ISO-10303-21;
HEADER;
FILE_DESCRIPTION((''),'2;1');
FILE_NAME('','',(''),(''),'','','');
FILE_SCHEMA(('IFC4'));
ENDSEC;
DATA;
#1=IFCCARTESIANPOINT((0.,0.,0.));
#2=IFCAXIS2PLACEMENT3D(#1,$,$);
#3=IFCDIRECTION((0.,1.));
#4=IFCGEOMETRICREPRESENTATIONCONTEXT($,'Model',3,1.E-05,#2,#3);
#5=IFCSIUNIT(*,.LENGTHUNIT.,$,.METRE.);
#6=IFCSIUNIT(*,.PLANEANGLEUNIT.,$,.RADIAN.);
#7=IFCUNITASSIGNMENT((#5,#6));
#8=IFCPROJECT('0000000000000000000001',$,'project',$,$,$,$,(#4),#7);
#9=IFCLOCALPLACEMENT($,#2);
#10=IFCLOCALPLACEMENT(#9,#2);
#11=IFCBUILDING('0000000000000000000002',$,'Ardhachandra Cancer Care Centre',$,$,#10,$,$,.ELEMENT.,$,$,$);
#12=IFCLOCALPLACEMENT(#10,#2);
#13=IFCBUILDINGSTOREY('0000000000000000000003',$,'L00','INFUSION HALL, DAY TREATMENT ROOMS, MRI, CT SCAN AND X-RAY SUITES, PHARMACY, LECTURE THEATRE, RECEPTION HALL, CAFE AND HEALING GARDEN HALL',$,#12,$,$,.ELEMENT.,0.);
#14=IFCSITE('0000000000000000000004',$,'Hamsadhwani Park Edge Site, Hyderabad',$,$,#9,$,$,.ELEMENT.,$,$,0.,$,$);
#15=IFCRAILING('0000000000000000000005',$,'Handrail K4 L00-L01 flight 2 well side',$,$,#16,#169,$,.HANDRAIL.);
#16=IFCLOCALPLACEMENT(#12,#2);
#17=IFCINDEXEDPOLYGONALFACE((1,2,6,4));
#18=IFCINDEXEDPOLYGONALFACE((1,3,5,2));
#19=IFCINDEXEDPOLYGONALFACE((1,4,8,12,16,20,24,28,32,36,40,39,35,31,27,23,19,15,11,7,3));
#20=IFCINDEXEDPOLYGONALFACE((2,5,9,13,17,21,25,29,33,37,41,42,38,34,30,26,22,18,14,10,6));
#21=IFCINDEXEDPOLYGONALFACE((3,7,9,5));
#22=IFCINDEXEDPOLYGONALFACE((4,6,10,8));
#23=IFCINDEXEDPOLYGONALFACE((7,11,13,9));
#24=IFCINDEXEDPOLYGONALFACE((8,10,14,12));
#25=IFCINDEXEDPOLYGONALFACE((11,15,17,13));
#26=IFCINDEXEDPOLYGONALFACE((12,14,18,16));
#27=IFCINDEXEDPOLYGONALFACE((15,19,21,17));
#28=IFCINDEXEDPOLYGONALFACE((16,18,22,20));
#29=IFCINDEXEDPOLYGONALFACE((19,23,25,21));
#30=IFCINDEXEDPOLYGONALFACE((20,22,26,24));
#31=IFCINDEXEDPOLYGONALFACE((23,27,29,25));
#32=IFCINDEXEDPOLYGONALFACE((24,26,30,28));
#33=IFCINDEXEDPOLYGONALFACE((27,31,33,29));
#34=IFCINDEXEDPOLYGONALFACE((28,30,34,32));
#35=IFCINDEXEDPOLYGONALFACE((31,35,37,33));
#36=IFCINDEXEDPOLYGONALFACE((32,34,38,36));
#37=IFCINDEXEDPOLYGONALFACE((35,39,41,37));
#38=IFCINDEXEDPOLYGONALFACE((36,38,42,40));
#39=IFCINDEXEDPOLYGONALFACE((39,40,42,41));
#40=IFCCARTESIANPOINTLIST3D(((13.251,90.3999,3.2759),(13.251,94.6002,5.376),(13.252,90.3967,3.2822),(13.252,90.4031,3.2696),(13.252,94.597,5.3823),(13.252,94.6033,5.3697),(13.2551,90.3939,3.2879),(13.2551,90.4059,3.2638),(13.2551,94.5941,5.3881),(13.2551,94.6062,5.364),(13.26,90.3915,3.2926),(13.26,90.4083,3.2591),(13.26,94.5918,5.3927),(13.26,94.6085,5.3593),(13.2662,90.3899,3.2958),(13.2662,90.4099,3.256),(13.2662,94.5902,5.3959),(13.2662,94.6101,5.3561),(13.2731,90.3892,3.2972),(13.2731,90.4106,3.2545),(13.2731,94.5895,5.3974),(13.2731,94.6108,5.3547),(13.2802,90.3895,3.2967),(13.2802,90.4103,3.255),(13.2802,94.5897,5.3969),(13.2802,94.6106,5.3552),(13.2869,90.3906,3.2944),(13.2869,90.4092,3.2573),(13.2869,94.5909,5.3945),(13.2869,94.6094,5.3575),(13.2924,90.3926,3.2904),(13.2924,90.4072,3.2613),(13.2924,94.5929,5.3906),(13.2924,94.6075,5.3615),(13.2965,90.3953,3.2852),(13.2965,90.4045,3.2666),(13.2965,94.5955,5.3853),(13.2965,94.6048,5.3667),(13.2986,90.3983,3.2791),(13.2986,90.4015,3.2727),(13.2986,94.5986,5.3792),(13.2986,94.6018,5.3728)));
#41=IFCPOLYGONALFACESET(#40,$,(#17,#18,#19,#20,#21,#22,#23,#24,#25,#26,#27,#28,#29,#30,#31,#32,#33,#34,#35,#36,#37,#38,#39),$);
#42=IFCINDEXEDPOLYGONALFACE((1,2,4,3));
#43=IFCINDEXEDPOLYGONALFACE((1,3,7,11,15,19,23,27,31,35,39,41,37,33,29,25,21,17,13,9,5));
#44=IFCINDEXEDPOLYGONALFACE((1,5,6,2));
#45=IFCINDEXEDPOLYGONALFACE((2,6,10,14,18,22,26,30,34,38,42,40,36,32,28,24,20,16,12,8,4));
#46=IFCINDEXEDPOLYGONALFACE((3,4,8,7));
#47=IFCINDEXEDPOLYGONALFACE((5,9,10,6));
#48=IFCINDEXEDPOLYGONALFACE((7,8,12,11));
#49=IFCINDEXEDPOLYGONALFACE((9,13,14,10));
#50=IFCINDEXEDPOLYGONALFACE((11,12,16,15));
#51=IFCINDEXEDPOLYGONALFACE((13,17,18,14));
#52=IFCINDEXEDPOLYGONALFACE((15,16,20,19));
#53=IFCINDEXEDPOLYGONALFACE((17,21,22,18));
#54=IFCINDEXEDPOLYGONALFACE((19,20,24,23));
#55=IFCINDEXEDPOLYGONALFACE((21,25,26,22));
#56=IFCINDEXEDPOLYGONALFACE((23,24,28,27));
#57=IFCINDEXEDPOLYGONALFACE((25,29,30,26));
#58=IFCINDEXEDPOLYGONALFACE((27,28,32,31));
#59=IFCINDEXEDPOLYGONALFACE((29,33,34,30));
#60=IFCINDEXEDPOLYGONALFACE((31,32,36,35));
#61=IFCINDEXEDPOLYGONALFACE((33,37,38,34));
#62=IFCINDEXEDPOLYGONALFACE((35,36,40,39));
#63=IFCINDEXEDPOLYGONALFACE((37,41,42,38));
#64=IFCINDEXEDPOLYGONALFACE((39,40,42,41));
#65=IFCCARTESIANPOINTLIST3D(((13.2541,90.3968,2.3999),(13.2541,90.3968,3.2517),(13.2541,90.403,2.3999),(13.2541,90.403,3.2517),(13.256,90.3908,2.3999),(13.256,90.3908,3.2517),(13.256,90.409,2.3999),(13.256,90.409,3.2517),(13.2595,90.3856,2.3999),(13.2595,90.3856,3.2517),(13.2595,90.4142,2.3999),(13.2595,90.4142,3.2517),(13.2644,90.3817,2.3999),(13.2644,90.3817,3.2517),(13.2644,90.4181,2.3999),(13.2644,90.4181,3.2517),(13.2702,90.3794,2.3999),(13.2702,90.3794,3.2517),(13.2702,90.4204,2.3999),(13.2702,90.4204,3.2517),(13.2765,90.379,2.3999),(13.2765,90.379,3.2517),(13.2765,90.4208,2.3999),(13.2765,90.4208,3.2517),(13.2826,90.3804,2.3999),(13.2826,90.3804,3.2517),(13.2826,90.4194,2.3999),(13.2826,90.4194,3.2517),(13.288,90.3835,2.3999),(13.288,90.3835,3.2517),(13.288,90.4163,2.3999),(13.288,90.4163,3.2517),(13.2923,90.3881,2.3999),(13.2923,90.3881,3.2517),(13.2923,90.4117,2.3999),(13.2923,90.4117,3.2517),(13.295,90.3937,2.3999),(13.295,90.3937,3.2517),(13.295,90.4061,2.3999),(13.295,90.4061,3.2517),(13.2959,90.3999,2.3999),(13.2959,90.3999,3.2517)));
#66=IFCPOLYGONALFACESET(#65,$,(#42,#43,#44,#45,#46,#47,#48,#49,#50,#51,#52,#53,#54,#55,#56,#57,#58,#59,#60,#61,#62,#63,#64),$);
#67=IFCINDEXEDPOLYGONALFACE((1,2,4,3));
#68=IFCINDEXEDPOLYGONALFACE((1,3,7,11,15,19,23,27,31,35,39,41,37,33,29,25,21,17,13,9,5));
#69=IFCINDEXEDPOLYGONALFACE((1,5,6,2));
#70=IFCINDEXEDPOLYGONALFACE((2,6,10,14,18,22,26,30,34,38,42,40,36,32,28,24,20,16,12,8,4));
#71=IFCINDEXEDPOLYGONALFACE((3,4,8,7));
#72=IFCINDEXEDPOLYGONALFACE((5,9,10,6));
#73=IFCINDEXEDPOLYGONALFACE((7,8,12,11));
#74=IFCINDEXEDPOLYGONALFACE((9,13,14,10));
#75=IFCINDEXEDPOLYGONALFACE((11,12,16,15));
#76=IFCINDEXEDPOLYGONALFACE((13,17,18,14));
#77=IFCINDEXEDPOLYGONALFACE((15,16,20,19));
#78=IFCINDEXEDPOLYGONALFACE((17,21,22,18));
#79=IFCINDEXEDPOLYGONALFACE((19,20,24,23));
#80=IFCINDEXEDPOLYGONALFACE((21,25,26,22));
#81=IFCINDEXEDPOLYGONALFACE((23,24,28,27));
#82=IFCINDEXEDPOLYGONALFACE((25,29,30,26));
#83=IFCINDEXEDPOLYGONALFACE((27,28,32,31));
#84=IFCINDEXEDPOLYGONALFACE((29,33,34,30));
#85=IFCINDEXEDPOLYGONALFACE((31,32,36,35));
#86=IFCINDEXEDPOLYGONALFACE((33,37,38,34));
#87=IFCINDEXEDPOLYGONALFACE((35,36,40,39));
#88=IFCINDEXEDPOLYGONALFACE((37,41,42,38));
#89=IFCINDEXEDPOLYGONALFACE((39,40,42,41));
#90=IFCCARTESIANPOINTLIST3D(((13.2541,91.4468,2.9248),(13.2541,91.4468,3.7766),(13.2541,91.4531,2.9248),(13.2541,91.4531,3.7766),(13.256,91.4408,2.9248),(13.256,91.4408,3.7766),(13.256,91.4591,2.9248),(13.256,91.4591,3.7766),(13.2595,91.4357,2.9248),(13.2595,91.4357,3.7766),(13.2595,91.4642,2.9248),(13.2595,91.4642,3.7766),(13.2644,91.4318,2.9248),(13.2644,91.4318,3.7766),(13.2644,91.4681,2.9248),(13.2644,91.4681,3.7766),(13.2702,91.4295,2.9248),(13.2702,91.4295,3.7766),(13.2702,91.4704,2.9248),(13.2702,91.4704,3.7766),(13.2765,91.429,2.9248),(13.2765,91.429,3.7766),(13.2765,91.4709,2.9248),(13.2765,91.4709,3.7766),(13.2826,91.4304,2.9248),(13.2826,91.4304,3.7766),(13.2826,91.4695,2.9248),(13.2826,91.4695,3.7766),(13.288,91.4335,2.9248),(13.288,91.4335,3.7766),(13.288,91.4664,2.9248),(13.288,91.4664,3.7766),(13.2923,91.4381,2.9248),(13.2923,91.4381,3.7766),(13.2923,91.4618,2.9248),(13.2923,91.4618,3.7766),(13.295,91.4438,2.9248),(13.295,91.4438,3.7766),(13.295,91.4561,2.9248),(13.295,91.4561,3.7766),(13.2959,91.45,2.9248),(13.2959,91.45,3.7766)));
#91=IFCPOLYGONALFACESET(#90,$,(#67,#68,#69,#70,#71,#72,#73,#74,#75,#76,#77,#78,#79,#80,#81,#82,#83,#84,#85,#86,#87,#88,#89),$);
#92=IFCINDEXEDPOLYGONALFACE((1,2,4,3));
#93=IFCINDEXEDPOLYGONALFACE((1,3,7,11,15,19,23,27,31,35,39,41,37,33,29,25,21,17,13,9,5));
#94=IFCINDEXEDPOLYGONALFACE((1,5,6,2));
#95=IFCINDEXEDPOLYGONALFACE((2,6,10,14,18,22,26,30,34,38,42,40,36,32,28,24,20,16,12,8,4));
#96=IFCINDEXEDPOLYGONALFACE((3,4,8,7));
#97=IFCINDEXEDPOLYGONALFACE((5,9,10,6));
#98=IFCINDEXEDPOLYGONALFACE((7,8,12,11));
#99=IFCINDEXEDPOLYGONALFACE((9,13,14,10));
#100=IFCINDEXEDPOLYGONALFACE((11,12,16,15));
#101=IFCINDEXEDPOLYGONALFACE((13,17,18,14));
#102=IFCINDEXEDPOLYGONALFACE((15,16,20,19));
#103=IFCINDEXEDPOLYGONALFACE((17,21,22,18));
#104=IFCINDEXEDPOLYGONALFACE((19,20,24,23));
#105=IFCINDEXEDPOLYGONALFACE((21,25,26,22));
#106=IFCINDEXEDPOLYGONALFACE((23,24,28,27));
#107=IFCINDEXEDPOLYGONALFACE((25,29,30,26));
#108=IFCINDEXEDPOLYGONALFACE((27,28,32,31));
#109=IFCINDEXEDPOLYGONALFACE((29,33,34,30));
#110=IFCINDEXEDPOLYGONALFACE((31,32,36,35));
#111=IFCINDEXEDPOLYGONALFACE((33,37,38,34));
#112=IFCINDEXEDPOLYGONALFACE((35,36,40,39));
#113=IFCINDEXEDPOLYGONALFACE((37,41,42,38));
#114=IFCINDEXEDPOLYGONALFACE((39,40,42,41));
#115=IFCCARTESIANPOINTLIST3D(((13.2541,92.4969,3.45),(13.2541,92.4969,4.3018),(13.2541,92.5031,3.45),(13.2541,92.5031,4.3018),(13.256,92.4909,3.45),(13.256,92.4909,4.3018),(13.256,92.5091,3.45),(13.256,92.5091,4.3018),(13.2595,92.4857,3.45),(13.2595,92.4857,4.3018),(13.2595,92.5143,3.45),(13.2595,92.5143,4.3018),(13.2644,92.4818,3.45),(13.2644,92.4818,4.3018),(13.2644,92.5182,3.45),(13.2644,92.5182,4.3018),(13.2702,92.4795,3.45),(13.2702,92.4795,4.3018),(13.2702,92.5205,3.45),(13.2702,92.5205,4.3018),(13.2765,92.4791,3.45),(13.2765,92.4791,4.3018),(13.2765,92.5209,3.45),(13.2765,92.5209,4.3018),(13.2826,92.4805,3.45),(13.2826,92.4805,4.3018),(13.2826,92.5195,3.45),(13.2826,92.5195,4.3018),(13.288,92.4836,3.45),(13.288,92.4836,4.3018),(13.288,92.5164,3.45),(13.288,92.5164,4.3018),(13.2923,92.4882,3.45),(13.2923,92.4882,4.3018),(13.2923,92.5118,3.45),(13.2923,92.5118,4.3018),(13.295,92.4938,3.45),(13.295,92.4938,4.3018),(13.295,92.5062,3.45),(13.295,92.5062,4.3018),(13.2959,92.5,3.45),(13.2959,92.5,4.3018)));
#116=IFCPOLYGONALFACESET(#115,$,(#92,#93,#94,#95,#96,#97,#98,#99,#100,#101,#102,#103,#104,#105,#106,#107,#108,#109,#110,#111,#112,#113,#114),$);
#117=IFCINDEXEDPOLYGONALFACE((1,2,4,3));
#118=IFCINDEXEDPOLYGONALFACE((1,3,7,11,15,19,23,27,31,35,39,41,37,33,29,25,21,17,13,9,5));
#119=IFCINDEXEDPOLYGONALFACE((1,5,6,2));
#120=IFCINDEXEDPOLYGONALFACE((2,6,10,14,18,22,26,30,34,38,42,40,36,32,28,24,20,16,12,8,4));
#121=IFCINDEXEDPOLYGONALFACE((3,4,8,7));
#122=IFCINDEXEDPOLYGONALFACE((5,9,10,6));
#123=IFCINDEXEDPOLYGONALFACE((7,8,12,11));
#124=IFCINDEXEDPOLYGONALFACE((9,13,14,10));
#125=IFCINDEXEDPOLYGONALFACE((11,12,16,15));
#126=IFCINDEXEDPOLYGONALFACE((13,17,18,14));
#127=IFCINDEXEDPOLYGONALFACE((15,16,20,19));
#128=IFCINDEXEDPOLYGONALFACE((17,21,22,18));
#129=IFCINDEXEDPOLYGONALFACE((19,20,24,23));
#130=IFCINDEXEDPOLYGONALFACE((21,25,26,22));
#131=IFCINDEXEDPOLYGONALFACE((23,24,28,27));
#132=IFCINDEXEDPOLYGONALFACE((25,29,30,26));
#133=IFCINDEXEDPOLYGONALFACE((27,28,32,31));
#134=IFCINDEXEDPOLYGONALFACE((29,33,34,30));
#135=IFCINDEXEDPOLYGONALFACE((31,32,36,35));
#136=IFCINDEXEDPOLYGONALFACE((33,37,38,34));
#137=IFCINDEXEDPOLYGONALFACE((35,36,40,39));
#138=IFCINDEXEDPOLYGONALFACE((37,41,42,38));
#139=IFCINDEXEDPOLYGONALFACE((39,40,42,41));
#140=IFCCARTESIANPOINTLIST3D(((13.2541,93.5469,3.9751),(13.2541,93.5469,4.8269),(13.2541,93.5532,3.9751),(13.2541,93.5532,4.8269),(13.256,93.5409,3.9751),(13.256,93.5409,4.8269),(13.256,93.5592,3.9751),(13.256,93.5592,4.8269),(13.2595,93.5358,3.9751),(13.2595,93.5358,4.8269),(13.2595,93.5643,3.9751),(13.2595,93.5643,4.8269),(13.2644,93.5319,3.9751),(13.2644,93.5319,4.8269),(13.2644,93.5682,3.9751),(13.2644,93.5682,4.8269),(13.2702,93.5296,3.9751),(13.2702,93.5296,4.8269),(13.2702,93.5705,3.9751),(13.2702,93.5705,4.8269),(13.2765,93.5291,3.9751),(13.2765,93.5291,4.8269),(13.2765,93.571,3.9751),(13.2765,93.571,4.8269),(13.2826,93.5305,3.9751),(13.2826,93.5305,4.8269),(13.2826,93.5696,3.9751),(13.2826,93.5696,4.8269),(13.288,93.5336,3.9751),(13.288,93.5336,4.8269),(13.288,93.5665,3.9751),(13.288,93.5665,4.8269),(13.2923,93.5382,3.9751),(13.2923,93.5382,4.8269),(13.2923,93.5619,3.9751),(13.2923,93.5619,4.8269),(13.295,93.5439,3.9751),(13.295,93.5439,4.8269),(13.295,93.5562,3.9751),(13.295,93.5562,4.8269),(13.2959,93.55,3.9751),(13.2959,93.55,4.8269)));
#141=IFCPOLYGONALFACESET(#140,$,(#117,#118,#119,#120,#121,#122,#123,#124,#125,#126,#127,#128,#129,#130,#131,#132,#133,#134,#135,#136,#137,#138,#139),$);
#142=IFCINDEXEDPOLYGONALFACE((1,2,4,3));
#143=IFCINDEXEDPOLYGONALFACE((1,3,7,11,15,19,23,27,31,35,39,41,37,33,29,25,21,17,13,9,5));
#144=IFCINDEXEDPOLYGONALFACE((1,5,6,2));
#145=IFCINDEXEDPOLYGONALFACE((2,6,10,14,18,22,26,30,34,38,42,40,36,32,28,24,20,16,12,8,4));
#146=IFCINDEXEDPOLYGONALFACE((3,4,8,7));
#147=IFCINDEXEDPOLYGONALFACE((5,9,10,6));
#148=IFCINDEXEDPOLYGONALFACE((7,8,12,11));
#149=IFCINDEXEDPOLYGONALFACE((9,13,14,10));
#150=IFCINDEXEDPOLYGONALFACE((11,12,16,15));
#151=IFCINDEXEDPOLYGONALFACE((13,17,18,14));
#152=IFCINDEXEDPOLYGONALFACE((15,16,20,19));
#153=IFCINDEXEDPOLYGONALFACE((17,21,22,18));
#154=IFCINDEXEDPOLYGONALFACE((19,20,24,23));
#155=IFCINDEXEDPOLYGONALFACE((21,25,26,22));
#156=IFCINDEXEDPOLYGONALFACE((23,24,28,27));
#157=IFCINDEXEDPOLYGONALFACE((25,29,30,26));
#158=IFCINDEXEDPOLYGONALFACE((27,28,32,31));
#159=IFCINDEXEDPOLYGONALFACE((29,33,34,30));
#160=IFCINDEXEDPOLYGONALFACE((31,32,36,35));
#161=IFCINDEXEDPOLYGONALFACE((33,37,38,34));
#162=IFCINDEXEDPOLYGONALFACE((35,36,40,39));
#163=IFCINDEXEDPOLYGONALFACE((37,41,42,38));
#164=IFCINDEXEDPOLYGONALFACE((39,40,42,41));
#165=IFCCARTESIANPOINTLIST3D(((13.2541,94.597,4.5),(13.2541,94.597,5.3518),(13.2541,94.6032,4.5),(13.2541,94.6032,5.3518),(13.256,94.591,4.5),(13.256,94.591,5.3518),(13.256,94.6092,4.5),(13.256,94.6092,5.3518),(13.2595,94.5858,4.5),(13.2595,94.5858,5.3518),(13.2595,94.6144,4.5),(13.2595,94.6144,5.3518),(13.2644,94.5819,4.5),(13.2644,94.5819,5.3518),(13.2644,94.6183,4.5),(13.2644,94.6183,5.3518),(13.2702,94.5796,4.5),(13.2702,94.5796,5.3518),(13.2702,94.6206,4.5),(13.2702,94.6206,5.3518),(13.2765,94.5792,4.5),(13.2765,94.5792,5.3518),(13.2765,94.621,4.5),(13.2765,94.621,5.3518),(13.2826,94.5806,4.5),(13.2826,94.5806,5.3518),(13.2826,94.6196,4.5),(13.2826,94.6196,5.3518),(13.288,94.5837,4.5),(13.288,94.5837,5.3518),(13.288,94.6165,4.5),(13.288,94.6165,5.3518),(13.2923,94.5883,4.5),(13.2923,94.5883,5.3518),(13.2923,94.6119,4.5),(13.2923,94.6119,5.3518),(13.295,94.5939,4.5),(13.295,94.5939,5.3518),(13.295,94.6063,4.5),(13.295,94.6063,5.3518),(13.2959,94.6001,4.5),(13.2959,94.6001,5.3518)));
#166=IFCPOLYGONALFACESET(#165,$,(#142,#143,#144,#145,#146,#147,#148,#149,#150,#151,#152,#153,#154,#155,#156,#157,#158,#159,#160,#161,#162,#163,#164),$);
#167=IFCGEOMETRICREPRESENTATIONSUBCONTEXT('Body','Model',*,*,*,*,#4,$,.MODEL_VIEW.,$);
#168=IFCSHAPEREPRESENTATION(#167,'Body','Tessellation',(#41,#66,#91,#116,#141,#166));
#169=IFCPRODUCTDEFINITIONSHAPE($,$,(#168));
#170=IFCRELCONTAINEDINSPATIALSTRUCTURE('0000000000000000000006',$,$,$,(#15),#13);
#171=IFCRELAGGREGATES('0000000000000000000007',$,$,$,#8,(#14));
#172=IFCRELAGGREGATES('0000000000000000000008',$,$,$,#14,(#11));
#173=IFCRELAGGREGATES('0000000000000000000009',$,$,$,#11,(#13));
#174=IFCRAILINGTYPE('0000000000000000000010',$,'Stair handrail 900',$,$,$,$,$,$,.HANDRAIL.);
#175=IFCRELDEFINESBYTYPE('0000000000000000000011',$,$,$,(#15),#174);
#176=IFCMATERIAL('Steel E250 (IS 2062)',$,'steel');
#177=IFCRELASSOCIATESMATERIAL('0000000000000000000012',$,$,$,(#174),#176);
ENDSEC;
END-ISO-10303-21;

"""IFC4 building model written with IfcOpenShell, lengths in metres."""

from ifc_helpers import new_model, si_unit, direction, frame, origin, origin_2d, place, context, subcontext, project, spatial, circle, extrude, material, type_object, element, save


model = new_model("IFC4")

# Units and contexts
model_context = context("Model", 3, precision=1e-05, world=origin(), true_north=direction((0.0, 1.0)))
body_context = subcontext(model_context, "Body", "Model", "MODEL_VIEW")
ifc_project = project(units=[si_unit("LENGTHUNIT", "METRE"), si_unit("PLANEANGLEUNIT", "RADIAN")], contexts=[model_context])

# Site, building, storey
site_placement = place(None, origin())
site = spatial("IfcSite", under=ifc_project, at=site_placement, Name="Hamsadhwani Park Edge Site, Hyderabad", CompositionType="ELEMENT", RefElevation=0.0)
building_placement = place(site_placement, origin())
building = spatial("IfcBuilding", under=site, at=building_placement, Name="Ardhachandra Cancer Care Centre", CompositionType="ELEMENT")
storey_placement = place(building_placement, origin())
storey = spatial("IfcBuildingStorey", under=building, at=storey_placement, Name="L00", Description="INFUSION HALL, DAY TREATMENT ROOMS, MRI, CT SCAN AND X-RAY SUITES, PHARMACY, LECTURE THEATRE, RECEPTION HALL, CAFE AND HEALING GARDEN HALL", CompositionType="ELEMENT", Elevation=0.0)

# Railing
ifc_material_1 = material(Name="Steel E250 (IS 2062)", Category="steel")
railing_type = type_object("IfcRailingType", Name="Stair handrail 900", PredefinedType="HANDRAIL", material=ifc_material_1)
for number, where, name in (
    (1, (13.2749, 90.3999, 2.3999), "Handrail K4 L00-L01 flight 2 well side"),
):
    element("IfcRailing", number, at=place(storey_placement, frame(where)), inside=storey, type_object=railing_type, Name=name, PredefinedType="HANDRAIL", context=body_context, shape_type="SweptSolid", body=[
        extrude(circle(Radius=0.0239, at=origin_2d()), frame((0.0, 0.0, 0.876), z_axis=(0.0, 0.894427, 0.447214), x_axis=(-1.0, 0.0, 0.0)), (0.0, 0.0, 1.0), 4.696),
        extrude(circle(Radius=0.021, at=origin_2d()), origin(), (0.0, 0.0, 1.0), 0.8518),
        extrude(circle(Radius=0.021, at=origin_2d()), frame((0.0, 1.05, 0.5249)), (0.0, 0.0, 1.0), 0.8518),
        extrude(circle(Radius=0.021, at=origin_2d()), frame((0.0, 2.1001, 1.05)), (0.0, 0.0, 1.0), 0.8518),
        extrude(circle(Radius=0.021, at=origin_2d()), frame((0.0, 3.1501, 1.5752)), (0.0, 0.0, 1.0), 0.8518),
        extrude(circle(Radius=0.021, at=origin_2d()), frame((0.0, 4.2002, 2.1001)), (0.0, 0.0, 1.0), 0.8518),
    ])

save(model, "model.ifc")
